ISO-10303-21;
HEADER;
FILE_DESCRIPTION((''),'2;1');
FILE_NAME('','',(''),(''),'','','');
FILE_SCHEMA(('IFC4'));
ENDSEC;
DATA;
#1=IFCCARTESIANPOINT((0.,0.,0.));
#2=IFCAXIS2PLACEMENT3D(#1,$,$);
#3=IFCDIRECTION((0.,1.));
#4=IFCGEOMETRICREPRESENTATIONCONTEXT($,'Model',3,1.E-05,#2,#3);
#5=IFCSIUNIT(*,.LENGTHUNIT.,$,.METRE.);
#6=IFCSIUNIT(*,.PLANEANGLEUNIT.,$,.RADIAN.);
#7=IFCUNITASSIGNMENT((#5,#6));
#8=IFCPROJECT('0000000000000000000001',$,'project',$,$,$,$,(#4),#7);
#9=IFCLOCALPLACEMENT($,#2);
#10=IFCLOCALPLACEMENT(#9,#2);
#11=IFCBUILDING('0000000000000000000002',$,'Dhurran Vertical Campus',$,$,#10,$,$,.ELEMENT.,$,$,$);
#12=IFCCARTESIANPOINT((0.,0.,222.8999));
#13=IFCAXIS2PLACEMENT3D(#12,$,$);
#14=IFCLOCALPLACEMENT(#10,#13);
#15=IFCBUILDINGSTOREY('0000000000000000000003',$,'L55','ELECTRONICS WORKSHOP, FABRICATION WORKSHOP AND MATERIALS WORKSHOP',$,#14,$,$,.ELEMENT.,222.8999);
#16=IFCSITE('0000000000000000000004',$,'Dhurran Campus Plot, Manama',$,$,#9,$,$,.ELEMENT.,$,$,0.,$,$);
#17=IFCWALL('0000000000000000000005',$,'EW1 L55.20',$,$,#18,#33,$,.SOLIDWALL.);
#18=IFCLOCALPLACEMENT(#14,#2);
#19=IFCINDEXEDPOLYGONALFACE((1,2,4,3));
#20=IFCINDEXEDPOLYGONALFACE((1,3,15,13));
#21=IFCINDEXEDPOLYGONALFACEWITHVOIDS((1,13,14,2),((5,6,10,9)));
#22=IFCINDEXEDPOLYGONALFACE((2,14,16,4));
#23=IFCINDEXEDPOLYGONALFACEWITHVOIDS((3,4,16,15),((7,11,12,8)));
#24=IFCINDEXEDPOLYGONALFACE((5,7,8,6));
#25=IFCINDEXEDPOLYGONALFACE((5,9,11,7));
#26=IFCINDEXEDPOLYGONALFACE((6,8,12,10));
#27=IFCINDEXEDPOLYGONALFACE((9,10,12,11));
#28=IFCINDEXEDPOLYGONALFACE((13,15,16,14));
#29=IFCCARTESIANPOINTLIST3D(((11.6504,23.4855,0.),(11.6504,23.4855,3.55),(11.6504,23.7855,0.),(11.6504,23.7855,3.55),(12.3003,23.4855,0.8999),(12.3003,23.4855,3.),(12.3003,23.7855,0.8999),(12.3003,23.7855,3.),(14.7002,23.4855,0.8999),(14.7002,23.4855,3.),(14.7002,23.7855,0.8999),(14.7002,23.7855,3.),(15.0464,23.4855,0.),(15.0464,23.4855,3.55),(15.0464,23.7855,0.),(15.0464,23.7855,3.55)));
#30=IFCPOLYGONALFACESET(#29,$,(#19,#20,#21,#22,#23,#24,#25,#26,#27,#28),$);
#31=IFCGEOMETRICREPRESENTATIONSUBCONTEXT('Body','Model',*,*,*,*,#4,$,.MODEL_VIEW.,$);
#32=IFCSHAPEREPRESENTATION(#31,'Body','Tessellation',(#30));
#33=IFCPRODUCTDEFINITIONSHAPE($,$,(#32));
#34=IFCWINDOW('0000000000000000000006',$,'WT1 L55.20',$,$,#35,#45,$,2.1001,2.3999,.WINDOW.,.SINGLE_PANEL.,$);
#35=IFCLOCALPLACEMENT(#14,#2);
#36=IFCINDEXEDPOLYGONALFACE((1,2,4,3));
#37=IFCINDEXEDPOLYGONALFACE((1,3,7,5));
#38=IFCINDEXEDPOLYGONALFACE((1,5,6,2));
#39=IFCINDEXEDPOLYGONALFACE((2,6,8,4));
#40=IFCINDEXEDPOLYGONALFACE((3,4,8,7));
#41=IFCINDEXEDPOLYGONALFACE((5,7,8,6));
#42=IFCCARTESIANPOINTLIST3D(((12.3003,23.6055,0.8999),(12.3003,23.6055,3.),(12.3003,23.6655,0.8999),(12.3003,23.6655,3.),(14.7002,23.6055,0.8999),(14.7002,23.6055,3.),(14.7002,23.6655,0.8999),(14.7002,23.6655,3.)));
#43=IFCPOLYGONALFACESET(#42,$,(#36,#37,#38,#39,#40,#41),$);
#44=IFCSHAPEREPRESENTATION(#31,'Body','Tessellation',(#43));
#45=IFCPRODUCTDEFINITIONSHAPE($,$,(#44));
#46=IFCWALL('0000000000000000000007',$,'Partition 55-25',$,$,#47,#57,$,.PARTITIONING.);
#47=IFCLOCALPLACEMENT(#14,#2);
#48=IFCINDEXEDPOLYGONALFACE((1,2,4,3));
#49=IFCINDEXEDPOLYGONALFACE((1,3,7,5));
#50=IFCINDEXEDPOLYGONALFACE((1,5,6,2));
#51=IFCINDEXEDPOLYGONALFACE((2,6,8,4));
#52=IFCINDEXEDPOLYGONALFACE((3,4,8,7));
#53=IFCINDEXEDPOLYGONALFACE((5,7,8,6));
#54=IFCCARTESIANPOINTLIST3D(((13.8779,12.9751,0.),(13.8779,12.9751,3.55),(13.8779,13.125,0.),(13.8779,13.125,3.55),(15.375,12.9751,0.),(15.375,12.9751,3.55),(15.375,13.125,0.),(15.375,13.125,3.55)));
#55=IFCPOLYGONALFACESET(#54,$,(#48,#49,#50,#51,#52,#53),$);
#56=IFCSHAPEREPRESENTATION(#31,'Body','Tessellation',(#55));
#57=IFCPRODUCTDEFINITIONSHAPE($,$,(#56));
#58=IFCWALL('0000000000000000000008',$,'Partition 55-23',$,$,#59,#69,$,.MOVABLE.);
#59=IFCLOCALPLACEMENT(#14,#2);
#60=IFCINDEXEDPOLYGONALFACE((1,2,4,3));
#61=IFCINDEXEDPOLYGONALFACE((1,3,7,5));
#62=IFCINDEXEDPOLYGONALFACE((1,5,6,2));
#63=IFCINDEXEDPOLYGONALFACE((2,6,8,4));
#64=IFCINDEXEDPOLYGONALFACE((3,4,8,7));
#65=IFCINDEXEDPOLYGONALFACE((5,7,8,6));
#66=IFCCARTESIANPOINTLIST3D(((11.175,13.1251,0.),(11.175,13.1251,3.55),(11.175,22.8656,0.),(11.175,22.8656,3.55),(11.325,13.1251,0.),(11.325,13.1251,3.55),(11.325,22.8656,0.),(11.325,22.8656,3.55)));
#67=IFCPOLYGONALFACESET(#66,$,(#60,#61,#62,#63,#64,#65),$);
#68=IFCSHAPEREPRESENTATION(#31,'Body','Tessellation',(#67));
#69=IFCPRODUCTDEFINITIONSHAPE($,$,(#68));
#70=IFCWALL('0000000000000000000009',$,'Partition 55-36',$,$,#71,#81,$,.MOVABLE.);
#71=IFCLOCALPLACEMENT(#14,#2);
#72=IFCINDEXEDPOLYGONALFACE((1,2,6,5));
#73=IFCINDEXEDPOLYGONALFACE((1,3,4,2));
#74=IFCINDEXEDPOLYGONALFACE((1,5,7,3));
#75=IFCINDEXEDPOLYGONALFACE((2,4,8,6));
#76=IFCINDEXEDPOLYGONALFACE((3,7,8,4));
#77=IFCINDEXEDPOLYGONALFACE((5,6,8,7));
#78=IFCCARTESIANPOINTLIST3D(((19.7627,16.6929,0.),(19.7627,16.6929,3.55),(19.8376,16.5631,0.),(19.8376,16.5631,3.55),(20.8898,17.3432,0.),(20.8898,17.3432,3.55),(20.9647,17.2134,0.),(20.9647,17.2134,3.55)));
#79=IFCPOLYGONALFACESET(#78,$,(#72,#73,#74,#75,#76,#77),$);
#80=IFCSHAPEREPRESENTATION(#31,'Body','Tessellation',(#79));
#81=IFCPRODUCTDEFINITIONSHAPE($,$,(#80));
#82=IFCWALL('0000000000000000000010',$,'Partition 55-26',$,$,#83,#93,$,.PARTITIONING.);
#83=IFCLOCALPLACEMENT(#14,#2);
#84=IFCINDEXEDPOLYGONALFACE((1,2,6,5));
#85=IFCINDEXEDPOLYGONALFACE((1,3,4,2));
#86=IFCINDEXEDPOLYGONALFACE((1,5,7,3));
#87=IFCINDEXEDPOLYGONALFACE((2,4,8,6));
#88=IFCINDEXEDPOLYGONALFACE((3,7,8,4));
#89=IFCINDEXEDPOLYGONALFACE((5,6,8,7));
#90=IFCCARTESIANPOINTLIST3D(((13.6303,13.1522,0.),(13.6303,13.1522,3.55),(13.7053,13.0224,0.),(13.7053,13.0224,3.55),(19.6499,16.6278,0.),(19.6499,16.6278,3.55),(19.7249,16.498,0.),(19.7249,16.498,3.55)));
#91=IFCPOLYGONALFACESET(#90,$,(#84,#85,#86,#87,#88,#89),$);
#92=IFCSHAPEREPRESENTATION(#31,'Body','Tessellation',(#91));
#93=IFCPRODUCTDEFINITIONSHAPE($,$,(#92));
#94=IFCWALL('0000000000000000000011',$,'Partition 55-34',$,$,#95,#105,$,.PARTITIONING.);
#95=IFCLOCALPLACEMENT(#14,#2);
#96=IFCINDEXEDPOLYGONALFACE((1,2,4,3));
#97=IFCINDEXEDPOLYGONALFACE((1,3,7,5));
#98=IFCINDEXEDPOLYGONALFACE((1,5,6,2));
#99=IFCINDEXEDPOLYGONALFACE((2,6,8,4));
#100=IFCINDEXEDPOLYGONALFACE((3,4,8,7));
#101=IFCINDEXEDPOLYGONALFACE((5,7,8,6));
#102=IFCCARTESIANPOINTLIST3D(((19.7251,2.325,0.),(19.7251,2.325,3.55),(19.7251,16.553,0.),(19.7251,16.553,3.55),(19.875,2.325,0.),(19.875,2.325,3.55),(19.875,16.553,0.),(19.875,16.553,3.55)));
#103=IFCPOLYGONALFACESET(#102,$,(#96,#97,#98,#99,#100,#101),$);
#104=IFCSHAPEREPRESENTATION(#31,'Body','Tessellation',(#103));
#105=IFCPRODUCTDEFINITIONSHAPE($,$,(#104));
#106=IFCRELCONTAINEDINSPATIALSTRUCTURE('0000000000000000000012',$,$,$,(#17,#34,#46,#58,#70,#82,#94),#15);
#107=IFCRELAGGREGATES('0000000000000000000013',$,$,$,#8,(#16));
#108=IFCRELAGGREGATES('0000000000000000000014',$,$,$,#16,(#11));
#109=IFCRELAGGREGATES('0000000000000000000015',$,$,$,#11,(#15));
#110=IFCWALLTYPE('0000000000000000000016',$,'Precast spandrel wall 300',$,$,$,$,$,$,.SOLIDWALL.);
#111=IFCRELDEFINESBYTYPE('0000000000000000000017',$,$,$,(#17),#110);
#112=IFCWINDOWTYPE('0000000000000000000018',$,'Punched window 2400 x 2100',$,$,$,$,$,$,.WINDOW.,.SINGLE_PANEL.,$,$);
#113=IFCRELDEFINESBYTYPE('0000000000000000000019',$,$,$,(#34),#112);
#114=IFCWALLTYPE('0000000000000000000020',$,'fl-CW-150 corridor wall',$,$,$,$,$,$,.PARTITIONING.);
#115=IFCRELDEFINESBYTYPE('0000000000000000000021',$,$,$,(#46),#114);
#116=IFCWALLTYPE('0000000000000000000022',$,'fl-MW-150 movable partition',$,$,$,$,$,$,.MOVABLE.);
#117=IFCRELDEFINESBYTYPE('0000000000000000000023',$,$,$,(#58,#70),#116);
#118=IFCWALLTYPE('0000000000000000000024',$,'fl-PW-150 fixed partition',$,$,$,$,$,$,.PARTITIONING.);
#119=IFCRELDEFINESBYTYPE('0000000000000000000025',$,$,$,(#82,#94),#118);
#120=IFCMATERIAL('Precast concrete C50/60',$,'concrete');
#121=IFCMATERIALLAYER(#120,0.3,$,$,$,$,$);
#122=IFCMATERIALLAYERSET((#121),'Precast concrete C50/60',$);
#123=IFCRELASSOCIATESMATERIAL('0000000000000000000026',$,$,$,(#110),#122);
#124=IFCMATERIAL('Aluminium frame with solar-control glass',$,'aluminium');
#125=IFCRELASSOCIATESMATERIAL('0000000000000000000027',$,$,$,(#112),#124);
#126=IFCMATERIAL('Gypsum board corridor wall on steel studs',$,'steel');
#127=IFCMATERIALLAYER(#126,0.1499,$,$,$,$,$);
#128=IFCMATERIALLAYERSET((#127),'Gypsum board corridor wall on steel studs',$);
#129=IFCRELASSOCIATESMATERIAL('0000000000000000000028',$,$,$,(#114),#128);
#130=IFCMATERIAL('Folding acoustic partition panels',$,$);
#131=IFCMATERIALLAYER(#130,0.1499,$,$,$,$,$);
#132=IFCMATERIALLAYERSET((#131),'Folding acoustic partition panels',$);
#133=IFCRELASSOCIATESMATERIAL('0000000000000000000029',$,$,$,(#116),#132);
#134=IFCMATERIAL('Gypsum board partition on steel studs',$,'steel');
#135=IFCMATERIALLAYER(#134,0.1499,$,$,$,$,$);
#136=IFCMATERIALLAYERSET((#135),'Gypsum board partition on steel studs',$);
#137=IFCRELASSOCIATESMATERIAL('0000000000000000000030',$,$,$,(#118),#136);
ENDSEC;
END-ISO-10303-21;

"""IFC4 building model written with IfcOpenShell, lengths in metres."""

from ifc_helpers import new_model, si_unit, direction, frame, frame_2d, origin, place, context, subcontext, project, spatial, rectangle, extrude, material, layer, layer_set, type_object, element, fill, save


model = new_model("IFC4")

# Units and contexts
model_context = context("Model", 3, precision=1e-05, world=origin(), true_north=direction((0.0, 1.0)))
body_context = subcontext(model_context, "Body", "Model", "MODEL_VIEW")
ifc_project = project(units=[si_unit("LENGTHUNIT", "METRE"), si_unit("PLANEANGLEUNIT", "RADIAN")], contexts=[model_context])

# Site, building, storey
site_placement = place(None, origin())
site = spatial("IfcSite", under=ifc_project, at=site_placement, Name="Dhurran Campus Plot, Manama", CompositionType="ELEMENT", RefElevation=0.0)
building_placement = place(site_placement, origin())
building = spatial("IfcBuilding", under=site, at=building_placement, Name="Dhurran Vertical Campus", CompositionType="ELEMENT")
storey_placement = place(building_placement, frame((0.0, 0.0, 222.8999)))
storey = spatial("IfcBuildingStorey", under=building, at=storey_placement, Name="L55", Description="ELECTRONICS WORKSHOP, FABRICATION WORKSHOP AND MATERIALS WORKSHOP", CompositionType="ELEMENT", Elevation=222.8999)

# Wall, opening, window
ifc_material_1 = material(Name="Precast concrete C50/60", Category="concrete")
ifc_layer_1 = layer(ifc_material_1, 0.3)
ifc_layer_set_1 = layer_set([ifc_layer_1], Name="Precast concrete C50/60")
wall_type_1 = type_object("IfcWallType", Name="Precast spandrel wall 300", PredefinedType="SOLIDWALL", material=ifc_layer_set_1)
ifc_material_2 = material(Name="Aluminium frame with solar-control glass", Category="aluminium")
window_type = type_object("IfcWindowType", Name="Punched window 2400 x 2100", PartitioningType="SINGLE_PANEL", PredefinedType="WINDOW", material=ifc_material_2)
wall_1_placement = place(storey_placement, frame((15.0464, 23.6355, 0.0), z_axis=(0.0, 0.0, 1.0), x_axis=(-1.0, 0.0, 0.0)))
wall_1 = element("IfcWall", 1, at=wall_1_placement, inside=storey, type_object=wall_type_1, Name="EW1 L55.20", PredefinedType="SOLIDWALL", context=body_context, shape_type="SweptSolid", body=[
    extrude(rectangle(XDim=3.396, YDim=0.3, at=frame_2d((1.698, 0.0))), origin(), (0.0, 0.0, 1.0), 3.55),
])
opening_1_placement = place(wall_1_placement, frame((0.3462, 0.0, 0.8999)))
opening_1 = element("IfcOpeningElement", 2, at=opening_1_placement, cuts=wall_1, PredefinedType="OPENING", context=body_context, shape_type="SweptSolid", body=[
    extrude(rectangle(XDim=2.3999, YDim=2.1001, at=frame_2d((1.2, 1.05))), frame((0.0, 0.1599, 0.0), z_axis=(0.0, -1.0, 0.0), x_axis=(1.0, 0.0, 0.0)), (0.0, 0.0, 1.0), 0.3201),
])
window_1_placement = place(opening_1_placement, origin())
window_1 = element("IfcWindow", 3, at=window_1_placement, inside=storey, type_object=window_type, Name="WT1 L55.20", OverallHeight=2.1001, OverallWidth=2.3999, PartitioningType="SINGLE_PANEL", PredefinedType="WINDOW", context=body_context, shape_type="SweptSolid", body=[
    extrude(rectangle(XDim=2.3999, YDim=2.1001, at=frame_2d((1.2, 1.05))), frame((0.0, 0.03, 0.0), z_axis=(0.0, -1.0, 0.0), x_axis=(1.0, 0.0, 0.0)), (0.0, 0.0, 1.0), 0.0601),
])
fill(opening_1, window_1)

# Walls
ifc_material_3 = material(Name="Gypsum board corridor wall on steel studs", Category="steel")
ifc_layer_2 = layer(ifc_material_3, 0.1499)
ifc_layer_set_2 = layer_set([ifc_layer_2], Name="Gypsum board corridor wall on steel studs")
wall_type_2 = type_object("IfcWallType", Name="fl-CW-150 corridor wall", PredefinedType="PARTITIONING", material=ifc_layer_set_2)
wall_2_placement = place(storey_placement, frame((15.375, 13.05, 0.0), z_axis=(0.0, 0.0, 1.0), x_axis=(-1.0, 0.0, 0.0)))
element("IfcWall", 4, at=wall_2_placement, inside=storey, type_object=wall_type_2, Name="Partition 55-25", PredefinedType="PARTITIONING", context=body_context, shape_type="SweptSolid", body=[
    extrude(rectangle(XDim=1.4971, YDim=0.1499, at=frame_2d((0.7485, 0.0))), origin(), (0.0, 0.0, 1.0), 3.55),
])
ifc_material_4 = material(Name="Folding acoustic partition panels")
ifc_layer_3 = layer(ifc_material_4, 0.1499)
ifc_layer_set_3 = layer_set([ifc_layer_3], Name="Folding acoustic partition panels")
wall_type_3 = type_object("IfcWallType", Name="fl-MW-150 movable partition", PredefinedType="MOVABLE", material=ifc_layer_set_3)
wall_3_placement = place(storey_placement, frame((11.25, 22.8655, 0.0), z_axis=(0.0, 0.0, 1.0), x_axis=(0.0, -1.0, 0.0)))
element("IfcWall", 5, at=wall_3_placement, inside=storey, type_object=wall_type_3, Name="Partition 55-23", PredefinedType="MOVABLE", context=body_context, shape_type="SweptSolid", body=[
    extrude(rectangle(XDim=9.7405, YDim=0.1499, at=frame_2d((4.8701, 0.0))), origin(), (0.0, 0.0, 1.0), 3.55),
])
wall_4_placement = place(storey_placement, frame((20.9272, 17.2783, 0.0), z_axis=(0.0, 0.0, 1.0), x_axis=(-0.866157, -0.499771, 0.0)))
element("IfcWall", 6, at=wall_4_placement, inside=storey, type_object=wall_type_3, Name="Partition 55-36", PredefinedType="MOVABLE", context=body_context, shape_type="SweptSolid", body=[
    extrude(rectangle(XDim=1.3013, YDim=0.1499, at=frame_2d((0.6506, 0.0))), origin(), (0.0, 0.0, 1.0), 3.55),
])
ifc_material_5 = material(Name="Gypsum board partition on steel studs", Category="steel")
ifc_layer_4 = layer(ifc_material_5, 0.1499)
ifc_layer_set_4 = layer_set([ifc_layer_4], Name="Gypsum board partition on steel studs")
wall_type_4 = type_object("IfcWallType", Name="fl-PW-150 fixed partition", PredefinedType="PARTITIONING", material=ifc_layer_set_4)
wall_5_placement = place(storey_placement, frame((19.6875, 16.563, 0.0), z_axis=(0.0, 0.0, 1.0), x_axis=(-0.866012, -0.500022, 0.0)))
element("IfcWall", 7, at=wall_5_placement, inside=storey, type_object=wall_type_4, Name="Partition 55-26", PredefinedType="PARTITIONING", context=body_context, shape_type="SweptSolid", body=[
    extrude(rectangle(XDim=6.9509, YDim=0.1499, at=frame_2d((3.4756, 0.0))), origin(), (0.0, 0.0, 1.0), 3.55),
])
wall_6_placement = place(storey_placement, frame((19.8, 16.553, 0.0), z_axis=(0.0, 0.0, 1.0), x_axis=(0.0, -1.0, 0.0)))
element("IfcWall", 8, at=wall_6_placement, inside=storey, type_object=wall_type_4, Name="Partition 55-34", PredefinedType="PARTITIONING", context=body_context, shape_type="SweptSolid", body=[
    extrude(rectangle(XDim=14.228, YDim=0.1499, at=frame_2d((7.114, 0.0))), origin(), (0.0, 0.0, 1.0), 3.55),
])

save(model, "model.ifc")
